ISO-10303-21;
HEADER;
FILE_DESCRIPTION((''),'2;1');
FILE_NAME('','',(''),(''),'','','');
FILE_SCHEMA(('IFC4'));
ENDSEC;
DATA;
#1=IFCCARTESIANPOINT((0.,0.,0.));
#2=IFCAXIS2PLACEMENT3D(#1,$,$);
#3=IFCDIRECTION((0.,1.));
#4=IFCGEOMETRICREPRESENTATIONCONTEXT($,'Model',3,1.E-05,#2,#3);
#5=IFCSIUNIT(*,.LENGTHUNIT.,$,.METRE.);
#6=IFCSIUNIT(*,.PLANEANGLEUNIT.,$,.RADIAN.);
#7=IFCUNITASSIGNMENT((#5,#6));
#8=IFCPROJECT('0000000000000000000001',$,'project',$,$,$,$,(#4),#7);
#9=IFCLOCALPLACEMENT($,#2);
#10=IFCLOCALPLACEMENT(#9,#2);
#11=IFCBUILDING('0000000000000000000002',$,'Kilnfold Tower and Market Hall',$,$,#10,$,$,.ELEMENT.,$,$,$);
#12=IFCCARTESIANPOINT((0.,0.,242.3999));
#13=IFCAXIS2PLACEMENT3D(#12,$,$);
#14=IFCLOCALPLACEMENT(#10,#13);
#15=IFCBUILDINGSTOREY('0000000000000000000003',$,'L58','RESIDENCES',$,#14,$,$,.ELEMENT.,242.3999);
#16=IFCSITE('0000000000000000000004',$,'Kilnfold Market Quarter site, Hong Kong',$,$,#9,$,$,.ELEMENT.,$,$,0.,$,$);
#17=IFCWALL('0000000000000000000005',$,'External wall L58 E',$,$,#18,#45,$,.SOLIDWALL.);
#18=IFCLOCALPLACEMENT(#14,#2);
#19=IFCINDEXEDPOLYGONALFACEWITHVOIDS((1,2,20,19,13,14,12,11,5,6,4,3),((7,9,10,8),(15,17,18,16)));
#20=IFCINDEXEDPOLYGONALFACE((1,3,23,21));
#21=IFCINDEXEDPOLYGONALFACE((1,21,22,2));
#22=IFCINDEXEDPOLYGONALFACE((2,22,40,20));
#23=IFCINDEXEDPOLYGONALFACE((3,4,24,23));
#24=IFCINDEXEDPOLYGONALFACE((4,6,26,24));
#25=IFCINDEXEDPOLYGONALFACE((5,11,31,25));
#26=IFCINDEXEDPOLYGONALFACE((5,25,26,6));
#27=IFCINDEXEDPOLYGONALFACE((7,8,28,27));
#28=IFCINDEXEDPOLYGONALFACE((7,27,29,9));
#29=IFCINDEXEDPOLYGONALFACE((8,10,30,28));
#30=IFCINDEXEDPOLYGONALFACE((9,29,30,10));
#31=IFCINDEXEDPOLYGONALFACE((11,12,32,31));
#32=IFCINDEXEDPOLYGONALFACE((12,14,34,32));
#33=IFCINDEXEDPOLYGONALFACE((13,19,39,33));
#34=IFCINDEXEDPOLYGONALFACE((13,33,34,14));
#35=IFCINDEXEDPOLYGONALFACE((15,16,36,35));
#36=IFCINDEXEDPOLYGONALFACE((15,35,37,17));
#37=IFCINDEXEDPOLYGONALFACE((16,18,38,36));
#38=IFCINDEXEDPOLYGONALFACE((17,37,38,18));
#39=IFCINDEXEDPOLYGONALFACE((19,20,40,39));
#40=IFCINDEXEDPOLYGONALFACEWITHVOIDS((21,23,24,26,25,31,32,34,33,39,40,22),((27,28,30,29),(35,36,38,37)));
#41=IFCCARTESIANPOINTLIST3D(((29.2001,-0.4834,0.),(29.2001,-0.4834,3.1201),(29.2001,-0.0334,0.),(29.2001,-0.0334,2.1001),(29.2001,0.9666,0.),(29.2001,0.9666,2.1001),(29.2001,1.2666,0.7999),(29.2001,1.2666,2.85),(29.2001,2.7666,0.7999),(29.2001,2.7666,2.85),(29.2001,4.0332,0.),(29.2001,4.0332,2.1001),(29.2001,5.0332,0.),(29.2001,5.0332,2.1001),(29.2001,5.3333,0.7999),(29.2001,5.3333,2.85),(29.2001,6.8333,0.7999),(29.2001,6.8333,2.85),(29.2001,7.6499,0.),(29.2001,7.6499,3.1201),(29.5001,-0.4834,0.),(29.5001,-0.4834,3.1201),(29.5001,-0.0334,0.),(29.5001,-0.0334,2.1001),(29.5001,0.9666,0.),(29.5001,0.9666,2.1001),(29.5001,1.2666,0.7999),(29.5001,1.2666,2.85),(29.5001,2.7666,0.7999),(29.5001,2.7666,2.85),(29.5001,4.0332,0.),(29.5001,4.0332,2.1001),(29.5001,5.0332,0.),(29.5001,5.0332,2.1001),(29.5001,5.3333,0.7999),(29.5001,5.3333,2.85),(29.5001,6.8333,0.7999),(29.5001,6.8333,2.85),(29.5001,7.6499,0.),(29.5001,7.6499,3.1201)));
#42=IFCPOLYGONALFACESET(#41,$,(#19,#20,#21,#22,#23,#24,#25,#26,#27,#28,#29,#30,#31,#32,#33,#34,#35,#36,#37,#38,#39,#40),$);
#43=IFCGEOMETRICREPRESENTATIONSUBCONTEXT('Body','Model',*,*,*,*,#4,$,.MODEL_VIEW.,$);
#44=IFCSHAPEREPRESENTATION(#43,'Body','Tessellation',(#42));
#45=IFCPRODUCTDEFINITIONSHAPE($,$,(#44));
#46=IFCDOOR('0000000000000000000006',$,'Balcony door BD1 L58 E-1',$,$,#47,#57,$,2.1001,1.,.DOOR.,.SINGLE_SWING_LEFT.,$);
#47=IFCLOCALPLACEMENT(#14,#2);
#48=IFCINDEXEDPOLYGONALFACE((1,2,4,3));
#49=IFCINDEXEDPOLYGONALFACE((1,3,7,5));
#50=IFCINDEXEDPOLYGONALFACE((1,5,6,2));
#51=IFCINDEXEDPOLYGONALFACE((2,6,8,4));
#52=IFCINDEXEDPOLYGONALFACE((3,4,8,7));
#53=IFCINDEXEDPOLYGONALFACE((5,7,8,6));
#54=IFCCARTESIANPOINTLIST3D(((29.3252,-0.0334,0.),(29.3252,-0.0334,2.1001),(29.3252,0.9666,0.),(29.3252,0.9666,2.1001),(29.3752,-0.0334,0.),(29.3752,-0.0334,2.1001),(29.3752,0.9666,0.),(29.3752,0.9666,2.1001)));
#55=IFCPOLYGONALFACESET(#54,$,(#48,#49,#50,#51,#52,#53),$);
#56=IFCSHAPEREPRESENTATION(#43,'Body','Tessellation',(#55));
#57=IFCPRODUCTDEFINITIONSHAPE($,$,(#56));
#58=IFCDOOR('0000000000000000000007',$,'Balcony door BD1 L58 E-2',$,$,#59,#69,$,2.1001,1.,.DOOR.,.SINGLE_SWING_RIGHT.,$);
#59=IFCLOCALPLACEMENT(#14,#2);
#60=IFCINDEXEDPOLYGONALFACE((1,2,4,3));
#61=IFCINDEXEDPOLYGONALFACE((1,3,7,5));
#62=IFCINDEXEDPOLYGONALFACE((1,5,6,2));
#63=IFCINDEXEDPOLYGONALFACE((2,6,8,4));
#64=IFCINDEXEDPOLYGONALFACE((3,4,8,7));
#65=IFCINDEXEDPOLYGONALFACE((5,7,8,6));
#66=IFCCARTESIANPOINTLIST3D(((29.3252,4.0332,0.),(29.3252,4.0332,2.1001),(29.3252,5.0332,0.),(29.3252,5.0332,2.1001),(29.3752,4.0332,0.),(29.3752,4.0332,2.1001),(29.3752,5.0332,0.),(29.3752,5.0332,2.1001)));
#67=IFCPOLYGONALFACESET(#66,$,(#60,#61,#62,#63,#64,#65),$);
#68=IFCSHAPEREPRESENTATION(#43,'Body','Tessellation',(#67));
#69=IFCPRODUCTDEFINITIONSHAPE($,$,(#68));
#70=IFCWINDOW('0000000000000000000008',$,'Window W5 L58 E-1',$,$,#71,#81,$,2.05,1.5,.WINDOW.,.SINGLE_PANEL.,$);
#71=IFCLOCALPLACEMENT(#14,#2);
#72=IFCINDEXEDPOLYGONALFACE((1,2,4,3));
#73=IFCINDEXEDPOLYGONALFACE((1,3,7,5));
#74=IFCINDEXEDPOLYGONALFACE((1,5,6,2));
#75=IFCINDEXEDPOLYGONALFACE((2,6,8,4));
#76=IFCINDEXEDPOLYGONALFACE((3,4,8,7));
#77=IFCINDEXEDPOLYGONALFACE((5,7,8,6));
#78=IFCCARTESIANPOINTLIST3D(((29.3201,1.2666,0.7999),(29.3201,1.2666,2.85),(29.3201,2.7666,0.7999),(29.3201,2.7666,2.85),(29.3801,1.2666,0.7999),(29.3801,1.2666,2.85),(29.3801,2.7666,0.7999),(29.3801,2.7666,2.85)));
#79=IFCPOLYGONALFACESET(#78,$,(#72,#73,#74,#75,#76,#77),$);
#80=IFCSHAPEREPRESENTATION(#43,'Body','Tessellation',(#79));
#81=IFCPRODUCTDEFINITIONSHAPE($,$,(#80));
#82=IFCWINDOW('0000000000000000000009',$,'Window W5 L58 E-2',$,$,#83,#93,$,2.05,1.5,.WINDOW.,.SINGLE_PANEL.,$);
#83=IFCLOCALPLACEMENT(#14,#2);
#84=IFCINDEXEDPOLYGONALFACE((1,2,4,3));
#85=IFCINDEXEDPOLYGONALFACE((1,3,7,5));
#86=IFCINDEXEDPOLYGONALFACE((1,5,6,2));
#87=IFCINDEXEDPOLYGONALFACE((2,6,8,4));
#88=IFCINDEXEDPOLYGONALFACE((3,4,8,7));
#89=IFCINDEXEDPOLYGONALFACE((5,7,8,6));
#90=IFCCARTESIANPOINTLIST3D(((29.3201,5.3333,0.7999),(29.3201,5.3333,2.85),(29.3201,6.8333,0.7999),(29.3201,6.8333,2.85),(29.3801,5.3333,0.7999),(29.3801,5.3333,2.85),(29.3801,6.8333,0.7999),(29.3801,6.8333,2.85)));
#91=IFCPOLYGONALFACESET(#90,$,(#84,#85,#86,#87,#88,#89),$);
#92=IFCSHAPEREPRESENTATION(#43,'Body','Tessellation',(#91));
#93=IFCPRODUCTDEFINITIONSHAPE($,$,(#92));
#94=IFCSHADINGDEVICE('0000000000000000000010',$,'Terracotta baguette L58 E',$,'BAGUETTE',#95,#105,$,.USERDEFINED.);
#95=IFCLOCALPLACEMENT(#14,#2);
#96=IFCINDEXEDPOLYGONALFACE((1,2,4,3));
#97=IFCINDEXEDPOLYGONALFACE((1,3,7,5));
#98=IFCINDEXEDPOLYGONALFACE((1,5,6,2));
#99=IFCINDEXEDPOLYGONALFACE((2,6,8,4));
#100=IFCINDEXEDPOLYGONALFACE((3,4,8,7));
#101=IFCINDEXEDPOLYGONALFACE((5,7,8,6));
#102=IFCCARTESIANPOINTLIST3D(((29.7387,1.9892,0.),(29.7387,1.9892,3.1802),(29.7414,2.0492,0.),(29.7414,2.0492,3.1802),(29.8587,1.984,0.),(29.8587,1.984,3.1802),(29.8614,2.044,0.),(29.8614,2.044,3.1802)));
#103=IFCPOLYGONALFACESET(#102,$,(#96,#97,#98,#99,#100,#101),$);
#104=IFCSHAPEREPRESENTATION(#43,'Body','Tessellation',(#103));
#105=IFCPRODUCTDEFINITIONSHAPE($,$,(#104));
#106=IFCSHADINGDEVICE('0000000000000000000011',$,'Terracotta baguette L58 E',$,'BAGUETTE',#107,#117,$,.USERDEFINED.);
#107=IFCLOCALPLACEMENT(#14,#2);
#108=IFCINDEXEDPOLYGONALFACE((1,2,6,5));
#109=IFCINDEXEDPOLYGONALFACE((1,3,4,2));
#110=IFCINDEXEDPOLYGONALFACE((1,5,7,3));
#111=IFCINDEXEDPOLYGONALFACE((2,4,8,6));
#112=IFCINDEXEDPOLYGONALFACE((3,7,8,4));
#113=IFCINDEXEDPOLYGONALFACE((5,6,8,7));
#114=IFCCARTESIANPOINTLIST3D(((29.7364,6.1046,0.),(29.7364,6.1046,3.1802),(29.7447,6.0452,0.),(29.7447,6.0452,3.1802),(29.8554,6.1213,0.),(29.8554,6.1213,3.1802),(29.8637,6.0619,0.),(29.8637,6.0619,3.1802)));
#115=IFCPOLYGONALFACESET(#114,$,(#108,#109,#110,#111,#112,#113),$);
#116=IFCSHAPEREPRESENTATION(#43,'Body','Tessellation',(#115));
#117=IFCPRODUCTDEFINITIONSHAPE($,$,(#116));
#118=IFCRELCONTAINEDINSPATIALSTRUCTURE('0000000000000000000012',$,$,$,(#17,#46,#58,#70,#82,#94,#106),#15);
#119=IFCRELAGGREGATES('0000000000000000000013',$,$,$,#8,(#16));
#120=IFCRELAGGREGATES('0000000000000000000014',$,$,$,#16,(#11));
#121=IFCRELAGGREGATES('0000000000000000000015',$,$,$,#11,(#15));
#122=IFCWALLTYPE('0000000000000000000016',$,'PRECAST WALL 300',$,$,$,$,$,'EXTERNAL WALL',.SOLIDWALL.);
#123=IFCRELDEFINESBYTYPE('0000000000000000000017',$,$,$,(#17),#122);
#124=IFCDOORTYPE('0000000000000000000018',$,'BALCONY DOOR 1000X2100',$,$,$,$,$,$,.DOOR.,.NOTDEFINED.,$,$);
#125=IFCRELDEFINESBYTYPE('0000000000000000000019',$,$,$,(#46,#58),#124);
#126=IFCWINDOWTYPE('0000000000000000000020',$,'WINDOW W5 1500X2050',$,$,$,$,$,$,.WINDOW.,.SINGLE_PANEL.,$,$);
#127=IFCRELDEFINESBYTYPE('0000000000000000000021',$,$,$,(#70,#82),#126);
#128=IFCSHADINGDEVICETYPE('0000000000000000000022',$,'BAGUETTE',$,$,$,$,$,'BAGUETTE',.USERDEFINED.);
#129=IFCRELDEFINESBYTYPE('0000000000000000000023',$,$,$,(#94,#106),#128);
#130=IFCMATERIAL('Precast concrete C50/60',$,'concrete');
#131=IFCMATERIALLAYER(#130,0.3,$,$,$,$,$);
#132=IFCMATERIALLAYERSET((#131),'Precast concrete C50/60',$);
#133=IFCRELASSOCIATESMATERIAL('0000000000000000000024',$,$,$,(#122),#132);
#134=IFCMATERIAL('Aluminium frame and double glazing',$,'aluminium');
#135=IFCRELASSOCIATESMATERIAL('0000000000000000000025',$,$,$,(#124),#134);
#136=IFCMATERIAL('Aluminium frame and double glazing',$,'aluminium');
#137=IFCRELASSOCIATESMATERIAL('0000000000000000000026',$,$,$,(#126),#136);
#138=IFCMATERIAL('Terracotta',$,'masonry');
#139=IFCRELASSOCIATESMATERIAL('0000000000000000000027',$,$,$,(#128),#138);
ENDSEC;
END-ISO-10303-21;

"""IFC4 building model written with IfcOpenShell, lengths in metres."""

from ifc_helpers import new_model, si_unit, direction, frame, frame_2d, origin, origin_2d, place, context, subcontext, project, spatial, rectangle, extrude, source, transform, mapped, material, layer, layer_set, material_profile, profile_set, type_object, element, fill, save


model = new_model("IFC4")

# Units and contexts
model_context = context("Model", 3, precision=1e-05, world=origin(), true_north=direction((0.0, 1.0)))
body_context = subcontext(model_context, "Body", "Model", "MODEL_VIEW")
ifc_project = project(units=[si_unit("LENGTHUNIT", "METRE"), si_unit("PLANEANGLEUNIT", "RADIAN")], contexts=[model_context])

# Site, building, storey
site_placement = place(None, origin())
site = spatial("IfcSite", under=ifc_project, at=site_placement, Name="Kilnfold Market Quarter site, Hong Kong", CompositionType="ELEMENT", RefElevation=0.0)
building_placement = place(site_placement, origin())
building = spatial("IfcBuilding", under=site, at=building_placement, Name="Kilnfold Tower and Market Hall", CompositionType="ELEMENT")
storey_placement = place(building_placement, frame((0.0, 0.0, 242.3999)))
storey = spatial("IfcBuildingStorey", under=building, at=storey_placement, Name="L58", Description="RESIDENCES", CompositionType="ELEMENT", Elevation=242.3999)

# Wall, openings, doors, windows
ifc_material_1 = material(Name="Precast concrete C50/60", Category="concrete")
ifc_layer_1 = layer(ifc_material_1, 0.3)
ifc_layer_set_1 = layer_set([ifc_layer_1], Name="Precast concrete C50/60")
wall_type_1 = type_object("IfcWallType", Name="PRECAST WALL 300", ElementType="EXTERNAL WALL", PredefinedType="SOLIDWALL", material=ifc_layer_set_1)
shared_shape_1 = source(origin(), body_context, "Body", "SweptSolid", [
    extrude(rectangle(XDim=8.1333, YDim=0.3, at=frame_2d((4.0667, 0.0))), origin(), (0.0, 0.0, 1.0), 3.1201),
])
wall_1_placement = place(storey_placement, frame((29.3501, -0.4834, 0.0), z_axis=(0.0, 0.0, 1.0), x_axis=(0.0, 1.0, 0.0)))
wall_1 = element("IfcWall", 1, at=wall_1_placement, inside=storey, type_object=wall_type_1, Name="External wall L58 E", PredefinedType="SOLIDWALL", context=body_context, shape_type="MappedRepresentation", body=[
    mapped(shared_shape_1, transform((0.0, 0.0, 0.0))),
])
opening_1_placement = place(wall_1_placement, frame((1.75, 0.0, 0.8)))
opening_1 = element("IfcOpeningElement", 2, at=opening_1_placement, cuts=wall_1, PredefinedType="OPENING", context=body_context, shape_type="SweptSolid", body=[
    extrude(rectangle(XDim=1.5, YDim=2.05, at=frame_2d((0.75, 1.0249))), frame((0.0, 0.1602, 0.0), z_axis=(0.0, -1.0, 0.0), x_axis=(1.0, 0.0, 0.0)), (0.0, 0.0, 1.0), 0.3201),
])
opening_2_placement = place(wall_1_placement, frame((0.45, 0.0, 0.0)))
opening_2 = element("IfcOpeningElement", 3, at=opening_2_placement, cuts=wall_1, PredefinedType="OPENING", context=body_context, shape_type="SweptSolid", body=[
    extrude(rectangle(XDim=1.0, YDim=2.1001, at=frame_2d((0.5, 1.05))), frame((0.0, 0.1602, 0.0), z_axis=(0.0, -1.0, 0.0), x_axis=(1.0, 0.0, 0.0)), (0.0, 0.0, 1.0), 0.3201),
])
opening_3_placement = place(wall_1_placement, frame((5.8167, 0.0, 0.8)))
opening_3 = element("IfcOpeningElement", 4, at=opening_3_placement, cuts=wall_1, PredefinedType="OPENING", context=body_context, shape_type="SweptSolid", body=[
    extrude(rectangle(XDim=1.5, YDim=2.05, at=frame_2d((0.75, 1.0249))), frame((0.0, 0.1602, 0.0), z_axis=(0.0, -1.0, 0.0), x_axis=(1.0, 0.0, 0.0)), (0.0, 0.0, 1.0), 0.3201),
])
opening_4_placement = place(wall_1_placement, frame((4.5166, 0.0, 0.0)))
opening_4 = element("IfcOpeningElement", 5, at=opening_4_placement, cuts=wall_1, PredefinedType="OPENING", context=body_context, shape_type="SweptSolid", body=[
    extrude(rectangle(XDim=1.0, YDim=2.1001, at=frame_2d((0.5, 1.05))), frame((0.0, 0.1602, 0.0), z_axis=(0.0, -1.0, 0.0), x_axis=(1.0, 0.0, 0.0)), (0.0, 0.0, 1.0), 0.3201),
])
ifc_material_2 = material(Name="Aluminium frame and double glazing", Category="aluminium")
door_type = type_object("IfcDoorType", Name="BALCONY DOOR 1000X2100", OperationType="NOTDEFINED", PredefinedType="DOOR", material=ifc_material_2)
door_1_placement = place(opening_2_placement, origin())
door_1 = element("IfcDoor", 6, at=door_1_placement, inside=storey, type_object=door_type, Name="Balcony door BD1 L58 E-1", OperationType="SINGLE_SWING_LEFT", OverallHeight=2.1001, OverallWidth=1.0, PredefinedType="DOOR", context=body_context, shape_type="SweptSolid", body=[
    extrude(rectangle(XDim=1.0, YDim=2.1001, at=frame_2d((0.5, 1.05))), frame((0.0, 0.0249, 0.0), z_axis=(0.0, -1.0, 0.0), x_axis=(1.0, 0.0, 0.0)), (0.0, 0.0, 1.0), 0.05),
])
fill(opening_2, door_1)
door_2_placement = place(opening_4_placement, origin())
door_2 = element("IfcDoor", 7, at=door_2_placement, inside=storey, type_object=door_type, Name="Balcony door BD1 L58 E-2", OperationType="SINGLE_SWING_RIGHT", OverallHeight=2.1001, OverallWidth=1.0, PredefinedType="DOOR", context=body_context, shape_type="SweptSolid", body=[
    extrude(rectangle(XDim=1.0, YDim=2.1001, at=frame_2d((0.5, 1.05))), frame((0.0, 0.0249, 0.0), z_axis=(0.0, -1.0, 0.0), x_axis=(1.0, 0.0, 0.0)), (0.0, 0.0, 1.0), 0.05),
])
fill(opening_4, door_2)
ifc_material_3 = material(Name="Aluminium frame and double glazing", Category="aluminium")
window_type = type_object("IfcWindowType", Name="WINDOW W5 1500X2050", PartitioningType="SINGLE_PANEL", PredefinedType="WINDOW", material=ifc_material_3)
window_1_placement = place(opening_1_placement, origin())
window_1 = element("IfcWindow", 8, at=window_1_placement, inside=storey, type_object=window_type, Name="Window W5 L58 E-1", OverallHeight=2.05, OverallWidth=1.5, PartitioningType="SINGLE_PANEL", PredefinedType="WINDOW", context=body_context, shape_type="SweptSolid", body=[
    extrude(rectangle(XDim=1.5, YDim=2.05, at=frame_2d((0.75, 1.0249))), frame((0.0, 0.03, 0.0), z_axis=(0.0, -1.0, 0.0), x_axis=(1.0, 0.0, 0.0)), (0.0, 0.0, 1.0), 0.0601),
])
fill(opening_1, window_1)
window_2_placement = place(opening_3_placement, origin())
window_2 = element("IfcWindow", 9, at=window_2_placement, inside=storey, type_object=window_type, Name="Window W5 L58 E-2", OverallHeight=2.05, OverallWidth=1.5, PartitioningType="SINGLE_PANEL", PredefinedType="WINDOW", context=body_context, shape_type="SweptSolid", body=[
    extrude(rectangle(XDim=1.5, YDim=2.05, at=frame_2d((0.75, 1.0249))), frame((0.0, 0.03, 0.0), z_axis=(0.0, -1.0, 0.0), x_axis=(1.0, 0.0, 0.0)), (0.0, 0.0, 1.0), 0.0601),
])
fill(opening_3, window_2)

# Shading devices
ifc_material_4 = material(Name="Terracotta", Category="masonry")
ifc_material_profile_1 = material_profile(ifc_material_4, rectangle(XDim=0.0601, YDim=0.1201, at=origin_2d()), Name="BAG 60x120")
ifc_profile_set_1 = profile_set([ifc_material_profile_1], Name="Terracotta")
shading_device_type = type_object("IfcShadingDeviceType", Name="BAGUETTE", ElementType="BAGUETTE", PredefinedType="USERDEFINED", material=ifc_profile_set_1)
shared_shape_2 = source(origin(), body_context, "Body", "SweptSolid", [
    extrude(rectangle(XDim=0.0601, YDim=0.1201, at=origin_2d()), origin(), (0.0, 0.0, 1.0), 3.1802),
])
for number, where, z_axis, x_axis, name in (
    (10, (29.8, 2.0166, 0.0), (0.0, 0.0, 1.0), (0.04394, 0.999034, 0.0), "Terracotta baguette L58 E"),
    (11, (29.8, 6.0833, 0.0), (0.0, 0.0, 1.0), (-0.138872, 0.99031, 0.0), "Terracotta baguette L58 E"),
):
    element("IfcShadingDevice", number, at=place(storey_placement, frame(where, z_axis=z_axis, x_axis=x_axis)), inside=storey, type_object=shading_device_type, Name=name, ObjectType="BAGUETTE", PredefinedType="USERDEFINED", context=body_context, shape_type="MappedRepresentation", body=[
        mapped(shared_shape_2, transform((0.0, 0.0, 0.0))),
    ])

save(model, "model.ifc")
